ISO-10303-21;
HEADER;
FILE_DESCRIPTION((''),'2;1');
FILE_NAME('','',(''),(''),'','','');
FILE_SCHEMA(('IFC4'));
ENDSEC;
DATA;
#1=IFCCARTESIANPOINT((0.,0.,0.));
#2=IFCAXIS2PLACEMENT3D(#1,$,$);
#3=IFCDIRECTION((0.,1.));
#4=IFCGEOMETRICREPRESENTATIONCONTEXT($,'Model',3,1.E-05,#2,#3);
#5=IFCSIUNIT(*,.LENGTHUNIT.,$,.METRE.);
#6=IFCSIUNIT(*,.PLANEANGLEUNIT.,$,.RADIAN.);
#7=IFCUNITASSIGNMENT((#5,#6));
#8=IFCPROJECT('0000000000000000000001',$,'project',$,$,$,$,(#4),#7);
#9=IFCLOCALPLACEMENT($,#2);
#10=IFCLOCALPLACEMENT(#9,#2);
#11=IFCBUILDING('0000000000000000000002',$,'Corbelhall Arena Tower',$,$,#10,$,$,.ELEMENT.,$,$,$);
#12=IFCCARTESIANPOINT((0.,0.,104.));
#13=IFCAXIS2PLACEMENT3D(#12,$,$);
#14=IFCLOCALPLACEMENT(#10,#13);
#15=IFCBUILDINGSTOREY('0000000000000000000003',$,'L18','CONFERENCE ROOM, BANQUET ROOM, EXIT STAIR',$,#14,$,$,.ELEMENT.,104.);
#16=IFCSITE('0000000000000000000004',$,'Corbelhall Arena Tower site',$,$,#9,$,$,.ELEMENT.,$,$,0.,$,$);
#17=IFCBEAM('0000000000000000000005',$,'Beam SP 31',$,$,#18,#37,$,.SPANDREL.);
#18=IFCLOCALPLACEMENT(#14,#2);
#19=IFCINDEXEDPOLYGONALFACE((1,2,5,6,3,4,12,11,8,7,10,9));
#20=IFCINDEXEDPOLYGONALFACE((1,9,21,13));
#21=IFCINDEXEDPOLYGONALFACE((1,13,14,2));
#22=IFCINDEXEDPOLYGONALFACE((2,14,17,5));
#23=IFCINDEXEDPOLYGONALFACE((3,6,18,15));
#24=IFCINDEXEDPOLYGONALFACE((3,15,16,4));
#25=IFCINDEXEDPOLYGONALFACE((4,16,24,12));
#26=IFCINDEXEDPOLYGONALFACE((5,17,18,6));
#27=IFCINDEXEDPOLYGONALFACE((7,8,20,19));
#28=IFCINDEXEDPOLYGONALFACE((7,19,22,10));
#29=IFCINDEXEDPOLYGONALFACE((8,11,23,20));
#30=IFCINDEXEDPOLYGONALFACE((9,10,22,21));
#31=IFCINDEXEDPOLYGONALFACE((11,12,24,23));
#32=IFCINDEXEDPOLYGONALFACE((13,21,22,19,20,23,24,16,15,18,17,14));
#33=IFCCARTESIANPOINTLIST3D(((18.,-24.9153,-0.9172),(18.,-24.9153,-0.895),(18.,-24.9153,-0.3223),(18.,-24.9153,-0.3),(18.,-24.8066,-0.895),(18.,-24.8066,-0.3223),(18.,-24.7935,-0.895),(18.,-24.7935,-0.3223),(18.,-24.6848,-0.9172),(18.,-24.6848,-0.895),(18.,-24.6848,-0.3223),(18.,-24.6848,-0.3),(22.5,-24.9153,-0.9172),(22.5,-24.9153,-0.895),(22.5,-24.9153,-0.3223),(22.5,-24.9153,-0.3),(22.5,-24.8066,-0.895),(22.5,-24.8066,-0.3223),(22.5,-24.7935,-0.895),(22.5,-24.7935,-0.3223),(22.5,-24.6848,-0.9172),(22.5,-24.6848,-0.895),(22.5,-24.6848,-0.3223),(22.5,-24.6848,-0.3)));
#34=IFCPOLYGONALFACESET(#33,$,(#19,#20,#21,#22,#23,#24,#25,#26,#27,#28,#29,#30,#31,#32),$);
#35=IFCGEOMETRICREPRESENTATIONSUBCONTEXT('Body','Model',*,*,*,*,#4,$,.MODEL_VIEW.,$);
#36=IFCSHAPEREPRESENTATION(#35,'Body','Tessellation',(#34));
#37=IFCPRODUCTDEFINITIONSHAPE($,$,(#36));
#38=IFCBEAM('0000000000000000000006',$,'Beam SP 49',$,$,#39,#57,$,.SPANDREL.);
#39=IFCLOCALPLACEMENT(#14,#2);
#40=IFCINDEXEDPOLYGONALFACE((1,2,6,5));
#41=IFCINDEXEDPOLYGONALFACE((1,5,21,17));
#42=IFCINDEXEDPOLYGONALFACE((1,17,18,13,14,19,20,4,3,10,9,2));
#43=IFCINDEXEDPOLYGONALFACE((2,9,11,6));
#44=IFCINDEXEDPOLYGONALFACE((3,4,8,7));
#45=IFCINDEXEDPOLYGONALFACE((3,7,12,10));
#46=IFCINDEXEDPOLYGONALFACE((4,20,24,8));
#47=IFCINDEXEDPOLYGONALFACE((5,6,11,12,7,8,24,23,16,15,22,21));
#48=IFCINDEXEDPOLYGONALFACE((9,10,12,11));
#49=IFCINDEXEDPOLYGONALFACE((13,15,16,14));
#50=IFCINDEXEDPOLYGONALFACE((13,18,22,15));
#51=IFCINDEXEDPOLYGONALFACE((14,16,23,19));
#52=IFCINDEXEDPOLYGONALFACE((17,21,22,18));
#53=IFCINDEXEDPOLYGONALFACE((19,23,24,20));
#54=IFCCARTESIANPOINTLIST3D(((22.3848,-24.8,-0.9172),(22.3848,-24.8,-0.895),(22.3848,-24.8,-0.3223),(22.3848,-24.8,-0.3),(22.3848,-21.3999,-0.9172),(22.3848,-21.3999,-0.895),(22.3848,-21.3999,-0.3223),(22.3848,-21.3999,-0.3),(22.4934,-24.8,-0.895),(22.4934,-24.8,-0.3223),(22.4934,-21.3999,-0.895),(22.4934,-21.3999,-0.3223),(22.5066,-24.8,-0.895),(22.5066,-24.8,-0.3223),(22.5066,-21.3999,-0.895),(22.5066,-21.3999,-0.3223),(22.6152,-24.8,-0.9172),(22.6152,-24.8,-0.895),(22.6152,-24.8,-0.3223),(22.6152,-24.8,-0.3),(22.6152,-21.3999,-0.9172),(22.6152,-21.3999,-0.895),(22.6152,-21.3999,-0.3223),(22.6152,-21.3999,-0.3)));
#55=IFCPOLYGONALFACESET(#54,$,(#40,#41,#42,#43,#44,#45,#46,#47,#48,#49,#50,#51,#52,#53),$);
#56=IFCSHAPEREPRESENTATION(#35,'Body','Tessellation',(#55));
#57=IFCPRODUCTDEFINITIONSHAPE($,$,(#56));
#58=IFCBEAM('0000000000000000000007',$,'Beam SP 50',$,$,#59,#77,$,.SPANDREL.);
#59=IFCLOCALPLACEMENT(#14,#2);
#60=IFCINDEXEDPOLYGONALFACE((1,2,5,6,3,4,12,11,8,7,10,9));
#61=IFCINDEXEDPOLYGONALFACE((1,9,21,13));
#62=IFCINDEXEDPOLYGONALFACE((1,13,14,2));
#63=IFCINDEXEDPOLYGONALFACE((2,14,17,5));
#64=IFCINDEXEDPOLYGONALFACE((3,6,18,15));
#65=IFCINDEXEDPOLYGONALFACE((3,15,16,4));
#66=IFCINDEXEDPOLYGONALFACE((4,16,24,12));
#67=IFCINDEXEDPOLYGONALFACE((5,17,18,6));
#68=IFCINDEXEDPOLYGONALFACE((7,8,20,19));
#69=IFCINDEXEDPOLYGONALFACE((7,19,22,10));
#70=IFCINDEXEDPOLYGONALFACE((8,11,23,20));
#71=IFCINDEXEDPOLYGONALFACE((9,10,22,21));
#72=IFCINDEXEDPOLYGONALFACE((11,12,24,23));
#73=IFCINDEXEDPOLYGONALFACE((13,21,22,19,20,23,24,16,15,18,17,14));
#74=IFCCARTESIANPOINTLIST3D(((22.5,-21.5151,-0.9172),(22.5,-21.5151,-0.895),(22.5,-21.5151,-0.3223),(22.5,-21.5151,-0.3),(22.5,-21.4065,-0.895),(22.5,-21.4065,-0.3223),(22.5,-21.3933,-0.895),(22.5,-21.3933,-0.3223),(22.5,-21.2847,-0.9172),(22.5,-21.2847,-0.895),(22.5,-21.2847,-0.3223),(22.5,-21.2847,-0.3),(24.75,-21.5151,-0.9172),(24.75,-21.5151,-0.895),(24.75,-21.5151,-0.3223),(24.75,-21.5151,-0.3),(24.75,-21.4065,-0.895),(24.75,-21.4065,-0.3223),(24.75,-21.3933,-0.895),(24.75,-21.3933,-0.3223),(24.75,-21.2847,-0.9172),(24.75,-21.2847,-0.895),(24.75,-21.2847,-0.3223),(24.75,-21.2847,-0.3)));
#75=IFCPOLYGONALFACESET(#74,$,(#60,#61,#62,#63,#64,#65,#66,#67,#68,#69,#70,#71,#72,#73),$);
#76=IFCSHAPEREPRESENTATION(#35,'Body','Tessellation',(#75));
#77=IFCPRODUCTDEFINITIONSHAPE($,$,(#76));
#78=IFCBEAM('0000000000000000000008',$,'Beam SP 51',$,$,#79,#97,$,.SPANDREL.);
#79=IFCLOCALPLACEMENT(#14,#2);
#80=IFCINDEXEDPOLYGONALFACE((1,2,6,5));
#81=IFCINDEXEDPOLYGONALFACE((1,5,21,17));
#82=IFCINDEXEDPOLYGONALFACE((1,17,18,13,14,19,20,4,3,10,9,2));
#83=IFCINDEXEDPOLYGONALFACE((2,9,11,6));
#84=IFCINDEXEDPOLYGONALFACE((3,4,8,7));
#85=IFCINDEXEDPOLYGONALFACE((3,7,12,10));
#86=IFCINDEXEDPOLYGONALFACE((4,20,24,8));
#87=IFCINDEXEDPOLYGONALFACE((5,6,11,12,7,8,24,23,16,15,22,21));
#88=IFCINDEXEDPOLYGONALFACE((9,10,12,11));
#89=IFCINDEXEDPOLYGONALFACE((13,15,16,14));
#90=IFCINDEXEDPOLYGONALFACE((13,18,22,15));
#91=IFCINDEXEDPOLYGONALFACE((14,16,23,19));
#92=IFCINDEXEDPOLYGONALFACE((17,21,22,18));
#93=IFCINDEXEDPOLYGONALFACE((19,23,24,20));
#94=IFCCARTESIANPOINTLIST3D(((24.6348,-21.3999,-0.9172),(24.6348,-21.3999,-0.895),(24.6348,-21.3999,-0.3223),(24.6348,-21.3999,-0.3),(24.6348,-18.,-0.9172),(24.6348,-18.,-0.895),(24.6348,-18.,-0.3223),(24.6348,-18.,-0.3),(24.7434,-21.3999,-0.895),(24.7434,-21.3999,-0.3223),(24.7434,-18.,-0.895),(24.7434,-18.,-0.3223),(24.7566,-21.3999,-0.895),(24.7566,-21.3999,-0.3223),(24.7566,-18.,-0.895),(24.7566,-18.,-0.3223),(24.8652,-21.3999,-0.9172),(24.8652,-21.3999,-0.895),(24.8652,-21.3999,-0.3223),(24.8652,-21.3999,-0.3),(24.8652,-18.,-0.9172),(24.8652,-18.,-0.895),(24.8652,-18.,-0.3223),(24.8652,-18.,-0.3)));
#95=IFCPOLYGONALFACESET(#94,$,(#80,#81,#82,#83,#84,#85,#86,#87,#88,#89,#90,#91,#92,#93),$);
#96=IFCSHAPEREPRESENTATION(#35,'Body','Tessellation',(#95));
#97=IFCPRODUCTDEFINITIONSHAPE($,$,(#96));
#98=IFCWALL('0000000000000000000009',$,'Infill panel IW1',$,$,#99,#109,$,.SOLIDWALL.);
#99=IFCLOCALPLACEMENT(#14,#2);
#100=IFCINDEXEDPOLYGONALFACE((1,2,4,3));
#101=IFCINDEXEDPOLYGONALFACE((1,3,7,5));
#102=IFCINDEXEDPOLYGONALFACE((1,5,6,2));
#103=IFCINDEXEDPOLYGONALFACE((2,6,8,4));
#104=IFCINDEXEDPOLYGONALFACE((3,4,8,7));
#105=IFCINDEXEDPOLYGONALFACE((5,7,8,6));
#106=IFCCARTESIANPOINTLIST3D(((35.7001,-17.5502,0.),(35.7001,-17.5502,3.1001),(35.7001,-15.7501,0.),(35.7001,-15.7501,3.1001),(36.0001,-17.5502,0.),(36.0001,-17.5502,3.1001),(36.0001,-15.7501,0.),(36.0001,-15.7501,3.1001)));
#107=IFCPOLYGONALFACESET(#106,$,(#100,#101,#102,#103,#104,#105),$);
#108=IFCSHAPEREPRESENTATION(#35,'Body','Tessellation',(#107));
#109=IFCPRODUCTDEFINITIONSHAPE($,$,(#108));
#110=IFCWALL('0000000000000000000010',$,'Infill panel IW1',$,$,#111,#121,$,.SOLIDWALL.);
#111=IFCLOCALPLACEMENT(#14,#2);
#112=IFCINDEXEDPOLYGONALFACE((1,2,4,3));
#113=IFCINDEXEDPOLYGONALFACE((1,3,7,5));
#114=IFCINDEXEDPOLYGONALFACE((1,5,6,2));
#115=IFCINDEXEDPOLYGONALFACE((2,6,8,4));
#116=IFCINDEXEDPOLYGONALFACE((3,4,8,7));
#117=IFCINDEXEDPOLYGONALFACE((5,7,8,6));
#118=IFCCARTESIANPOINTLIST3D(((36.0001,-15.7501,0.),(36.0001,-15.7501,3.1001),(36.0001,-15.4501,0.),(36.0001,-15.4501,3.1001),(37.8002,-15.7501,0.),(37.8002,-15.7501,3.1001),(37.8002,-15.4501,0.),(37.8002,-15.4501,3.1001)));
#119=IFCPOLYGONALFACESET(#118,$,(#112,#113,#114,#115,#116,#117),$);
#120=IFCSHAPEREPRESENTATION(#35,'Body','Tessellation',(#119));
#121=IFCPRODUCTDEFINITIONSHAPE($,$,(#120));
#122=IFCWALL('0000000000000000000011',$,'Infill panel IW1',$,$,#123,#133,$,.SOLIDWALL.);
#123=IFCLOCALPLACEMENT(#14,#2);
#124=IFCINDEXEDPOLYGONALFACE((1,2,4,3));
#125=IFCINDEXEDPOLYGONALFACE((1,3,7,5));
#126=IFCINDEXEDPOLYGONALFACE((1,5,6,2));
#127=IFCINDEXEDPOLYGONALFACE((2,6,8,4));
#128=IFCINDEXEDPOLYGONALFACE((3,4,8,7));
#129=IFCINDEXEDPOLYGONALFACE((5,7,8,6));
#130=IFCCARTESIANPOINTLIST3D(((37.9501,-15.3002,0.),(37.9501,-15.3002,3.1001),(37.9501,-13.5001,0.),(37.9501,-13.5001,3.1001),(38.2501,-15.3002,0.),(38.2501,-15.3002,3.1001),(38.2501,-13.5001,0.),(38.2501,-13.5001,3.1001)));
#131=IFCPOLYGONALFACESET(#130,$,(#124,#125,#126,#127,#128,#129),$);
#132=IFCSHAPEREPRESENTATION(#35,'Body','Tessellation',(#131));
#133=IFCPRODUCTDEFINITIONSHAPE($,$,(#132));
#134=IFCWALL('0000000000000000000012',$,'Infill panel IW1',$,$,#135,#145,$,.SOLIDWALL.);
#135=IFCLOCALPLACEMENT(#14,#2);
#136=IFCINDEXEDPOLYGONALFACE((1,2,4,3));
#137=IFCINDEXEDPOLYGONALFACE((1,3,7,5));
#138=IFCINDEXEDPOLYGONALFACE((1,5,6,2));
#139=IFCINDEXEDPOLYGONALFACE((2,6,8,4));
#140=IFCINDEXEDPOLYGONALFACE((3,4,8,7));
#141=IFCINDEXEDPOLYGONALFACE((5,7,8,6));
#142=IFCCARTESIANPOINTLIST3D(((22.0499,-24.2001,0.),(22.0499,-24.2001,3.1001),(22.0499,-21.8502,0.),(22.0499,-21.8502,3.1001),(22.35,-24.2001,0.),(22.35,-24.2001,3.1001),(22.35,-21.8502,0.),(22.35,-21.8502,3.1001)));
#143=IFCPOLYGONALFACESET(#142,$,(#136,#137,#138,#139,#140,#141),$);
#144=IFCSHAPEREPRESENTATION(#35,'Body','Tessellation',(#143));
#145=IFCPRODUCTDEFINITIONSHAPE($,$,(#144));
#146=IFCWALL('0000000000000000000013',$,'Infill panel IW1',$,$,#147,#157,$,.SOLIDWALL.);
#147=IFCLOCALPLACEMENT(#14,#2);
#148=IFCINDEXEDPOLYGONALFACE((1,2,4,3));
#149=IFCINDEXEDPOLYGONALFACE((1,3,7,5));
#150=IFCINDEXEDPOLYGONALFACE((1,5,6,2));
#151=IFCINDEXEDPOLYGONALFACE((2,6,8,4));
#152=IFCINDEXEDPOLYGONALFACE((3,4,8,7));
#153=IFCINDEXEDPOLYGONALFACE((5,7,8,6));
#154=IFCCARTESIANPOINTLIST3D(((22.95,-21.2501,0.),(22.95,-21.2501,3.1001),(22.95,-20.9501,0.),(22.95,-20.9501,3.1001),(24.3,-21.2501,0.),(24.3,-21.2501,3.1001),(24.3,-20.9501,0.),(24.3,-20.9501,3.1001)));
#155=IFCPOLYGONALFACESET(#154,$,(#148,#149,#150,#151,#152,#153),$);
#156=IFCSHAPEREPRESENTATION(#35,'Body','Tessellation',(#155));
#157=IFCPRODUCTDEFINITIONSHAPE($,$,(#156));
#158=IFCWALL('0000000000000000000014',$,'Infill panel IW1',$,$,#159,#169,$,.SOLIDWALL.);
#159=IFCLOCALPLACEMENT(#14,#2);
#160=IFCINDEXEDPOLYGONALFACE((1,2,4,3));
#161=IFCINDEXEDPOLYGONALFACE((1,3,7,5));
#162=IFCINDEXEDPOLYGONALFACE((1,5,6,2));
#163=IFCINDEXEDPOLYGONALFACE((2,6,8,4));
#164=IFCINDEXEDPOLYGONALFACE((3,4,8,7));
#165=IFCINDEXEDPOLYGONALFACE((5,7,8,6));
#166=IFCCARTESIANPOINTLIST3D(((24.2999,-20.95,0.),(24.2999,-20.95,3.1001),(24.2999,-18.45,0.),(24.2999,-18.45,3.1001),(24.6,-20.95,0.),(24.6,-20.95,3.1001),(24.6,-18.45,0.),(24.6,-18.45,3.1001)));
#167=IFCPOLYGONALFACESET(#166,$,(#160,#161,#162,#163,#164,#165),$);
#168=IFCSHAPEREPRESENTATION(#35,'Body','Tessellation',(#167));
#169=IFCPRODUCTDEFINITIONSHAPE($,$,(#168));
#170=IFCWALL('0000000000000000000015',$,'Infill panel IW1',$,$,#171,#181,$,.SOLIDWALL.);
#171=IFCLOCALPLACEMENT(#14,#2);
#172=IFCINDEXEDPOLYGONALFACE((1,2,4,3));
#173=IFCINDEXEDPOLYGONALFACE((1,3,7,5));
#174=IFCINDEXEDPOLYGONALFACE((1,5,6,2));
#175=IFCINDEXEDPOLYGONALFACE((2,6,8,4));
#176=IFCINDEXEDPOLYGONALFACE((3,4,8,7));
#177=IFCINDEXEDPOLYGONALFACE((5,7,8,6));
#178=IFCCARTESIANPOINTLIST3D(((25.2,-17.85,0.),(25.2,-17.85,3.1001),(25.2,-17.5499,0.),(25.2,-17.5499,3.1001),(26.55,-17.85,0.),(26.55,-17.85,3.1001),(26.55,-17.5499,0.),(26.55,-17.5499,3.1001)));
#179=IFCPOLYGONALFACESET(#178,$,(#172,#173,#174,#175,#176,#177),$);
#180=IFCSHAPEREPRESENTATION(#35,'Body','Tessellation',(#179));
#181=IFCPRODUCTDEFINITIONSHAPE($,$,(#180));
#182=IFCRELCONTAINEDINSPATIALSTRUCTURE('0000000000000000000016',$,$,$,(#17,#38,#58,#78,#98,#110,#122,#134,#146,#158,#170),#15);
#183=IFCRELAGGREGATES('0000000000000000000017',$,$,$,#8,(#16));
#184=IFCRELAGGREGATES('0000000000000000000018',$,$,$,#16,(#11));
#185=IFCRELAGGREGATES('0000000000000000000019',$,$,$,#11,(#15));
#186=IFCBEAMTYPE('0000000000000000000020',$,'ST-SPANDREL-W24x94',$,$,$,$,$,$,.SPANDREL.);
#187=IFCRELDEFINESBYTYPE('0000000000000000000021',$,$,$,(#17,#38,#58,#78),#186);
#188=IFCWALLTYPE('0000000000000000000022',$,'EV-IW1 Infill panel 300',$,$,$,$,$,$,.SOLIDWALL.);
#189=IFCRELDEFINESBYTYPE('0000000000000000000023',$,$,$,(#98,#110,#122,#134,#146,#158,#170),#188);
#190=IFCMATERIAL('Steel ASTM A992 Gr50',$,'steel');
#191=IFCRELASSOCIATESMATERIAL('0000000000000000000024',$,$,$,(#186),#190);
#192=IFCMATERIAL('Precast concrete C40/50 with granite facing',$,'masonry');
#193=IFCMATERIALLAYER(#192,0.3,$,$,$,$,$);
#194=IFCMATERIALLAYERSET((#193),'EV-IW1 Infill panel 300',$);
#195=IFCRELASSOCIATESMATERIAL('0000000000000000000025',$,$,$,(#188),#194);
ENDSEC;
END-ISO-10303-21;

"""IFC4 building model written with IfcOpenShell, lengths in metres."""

from ifc_helpers import new_model, si_unit, direction, frame, frame_2d, origin, origin_2d, place, context, subcontext, project, spatial, rectangle, i_section, extrude, material, layer, layer_set, material_profile, profile_set, type_object, element, save


model = new_model("IFC4")

# Units and contexts
model_context = context("Model", 3, precision=1e-05, world=origin(), true_north=direction((0.0, 1.0)))
body_context = subcontext(model_context, "Body", "Model", "MODEL_VIEW")
ifc_project = project(units=[si_unit("LENGTHUNIT", "METRE"), si_unit("PLANEANGLEUNIT", "RADIAN")], contexts=[model_context])

# Site, building, storey
site_placement = place(None, origin())
site = spatial("IfcSite", under=ifc_project, at=site_placement, Name="Corbelhall Arena Tower site", CompositionType="ELEMENT", RefElevation=0.0)
building_placement = place(site_placement, origin())
building = spatial("IfcBuilding", under=site, at=building_placement, Name="Corbelhall Arena Tower", CompositionType="ELEMENT")
storey_placement = place(building_placement, frame((0.0, 0.0, 104.0)))
storey = spatial("IfcBuildingStorey", under=building, at=storey_placement, Name="L18", Description="CONFERENCE ROOM, BANQUET ROOM, EXIT STAIR", CompositionType="ELEMENT", Elevation=104.0)

# Beams
ifc_material_1 = material(Name="Steel ASTM A992 Gr50", Category="steel")
ifc_material_profile_1 = material_profile(ifc_material_1, i_section(OverallWidth=0.2305, OverallDepth=0.6172, WebThickness=0.0132, FlangeThickness=0.0222, at=origin_2d()))
ifc_profile_set_1 = profile_set([ifc_material_profile_1], Name="Steel ASTM A992 Gr50")
beam_type = type_object("IfcBeamType", Name="ST-SPANDREL-W24x94", PredefinedType="SPANDREL", material=ifc_profile_set_1)
beam_1_placement = place(storey_placement, frame((22.5, -24.8, -0.6086), z_axis=(-1.0, 0.0, 0.0), x_axis=(0.0, -1.0, 0.0)))
element("IfcBeam", 1, at=beam_1_placement, inside=storey, type_object=beam_type, Name="Beam SP 31", PredefinedType="SPANDREL", context=body_context, shape_type="SweptSolid", body=[
    extrude(i_section(OverallWidth=0.2305, OverallDepth=0.6172, WebThickness=0.0132, FlangeThickness=0.0222, at=origin_2d()), origin(), (0.0, 0.0, 1.0), 4.5),
])
beam_2_placement = place(storey_placement, frame((22.5, -21.3999, -0.6086), z_axis=(0.0, -1.0, 0.0), x_axis=(1.0, 0.0, 0.0)))
element("IfcBeam", 2, at=beam_2_placement, inside=storey, type_object=beam_type, Name="Beam SP 49", PredefinedType="SPANDREL", context=body_context, shape_type="SweptSolid", body=[
    extrude(i_section(OverallWidth=0.2305, OverallDepth=0.6172, WebThickness=0.0132, FlangeThickness=0.0222, at=origin_2d()), origin(), (0.0, 0.0, 1.0), 3.4001),
])
beam_3_placement = place(storey_placement, frame((24.75, -21.3999, -0.6086), z_axis=(-1.0, 0.0, 0.0), x_axis=(0.0, -1.0, 0.0)))
element("IfcBeam", 3, at=beam_3_placement, inside=storey, type_object=beam_type, Name="Beam SP 50", PredefinedType="SPANDREL", context=body_context, shape_type="SweptSolid", body=[
    extrude(i_section(OverallWidth=0.2305, OverallDepth=0.6172, WebThickness=0.0132, FlangeThickness=0.0222, at=origin_2d()), origin(), (0.0, 0.0, 1.0), 2.25),
])
beam_4_placement = place(storey_placement, frame((24.75, -18.0, -0.6086), z_axis=(0.0, -1.0, 0.0), x_axis=(1.0, 0.0, 0.0)))
element("IfcBeam", 4, at=beam_4_placement, inside=storey, type_object=beam_type, Name="Beam SP 51", PredefinedType="SPANDREL", context=body_context, shape_type="SweptSolid", body=[
    extrude(i_section(OverallWidth=0.2305, OverallDepth=0.6172, WebThickness=0.0132, FlangeThickness=0.0222, at=origin_2d()), origin(), (0.0, 0.0, 1.0), 3.3999),
])

# Walls
ifc_material_2 = material(Name="Precast concrete C40/50 with granite facing", Category="masonry")
ifc_layer = layer(ifc_material_2, 0.3)
ifc_layer_set = layer_set([ifc_layer], Name="EV-IW1 Infill panel 300")
wall_type = type_object("IfcWallType", Name="EV-IW1 Infill panel 300", PredefinedType="SOLIDWALL", material=ifc_layer_set)
for number, where, z_axis, x_axis, name in (
    (5, (35.8501, -17.55, 0.0), (0.0, 0.0, 1.0), (0.0, 1.0, 0.0), "Infill panel IW1"),
    (6, (37.8, -15.6001, 0.0), (0.0, 0.0, 1.0), (-1.0, 0.0, 0.0), "Infill panel IW1"),
    (7, (38.1001, -15.3, 0.0), (0.0, 0.0, 1.0), (0.0, 1.0, 0.0), "Infill panel IW1"),
):
    element("IfcWall", number, at=place(storey_placement, frame(where, z_axis=z_axis, x_axis=x_axis)), inside=storey, type_object=wall_type, Name=name, PredefinedType="SOLIDWALL", context=body_context, shape_type="SweptSolid", body=[
        extrude(rectangle(XDim=1.8, YDim=0.3, at=frame_2d((0.8999, 0.0))), origin(), (0.0, 0.0, 1.0), 3.1001),
    ])
wall_1_placement = place(storey_placement, frame((22.2, -24.2, 0.0), z_axis=(0.0, 0.0, 1.0), x_axis=(0.0, 1.0, 0.0)))
element("IfcWall", 8, at=wall_1_placement, inside=storey, type_object=wall_type, Name="Infill panel IW1", PredefinedType="SOLIDWALL", context=body_context, shape_type="SweptSolid", body=[
    extrude(rectangle(XDim=2.3499, YDim=0.3, at=frame_2d((1.1748, 0.0))), origin(), (0.0, 0.0, 1.0), 3.1001),
])
wall_2_placement = place(storey_placement, frame((22.95, -21.1001, 0.0), z_axis=(0.0, 0.0, 1.0), x_axis=(1.0, 0.0, 0.0)))
element("IfcWall", 9, at=wall_2_placement, inside=storey, type_object=wall_type, Name="Infill panel IW1", PredefinedType="SOLIDWALL", context=body_context, shape_type="SweptSolid", body=[
    extrude(rectangle(XDim=1.3501, YDim=0.3, at=frame_2d((0.675, 0.0))), origin(), (0.0, 0.0, 1.0), 3.1001),
])
wall_3_placement = place(storey_placement, frame((24.45, -20.95, 0.0), z_axis=(0.0, 0.0, 1.0), x_axis=(0.0, 1.0, 0.0)))
element("IfcWall", 10, at=wall_3_placement, inside=storey, type_object=wall_type, Name="Infill panel IW1", PredefinedType="SOLIDWALL", context=body_context, shape_type="SweptSolid", body=[
    extrude(rectangle(XDim=2.5, YDim=0.3, at=frame_2d((1.25, 0.0))), origin(), (0.0, 0.0, 1.0), 3.1001),
])
wall_4_placement = place(storey_placement, frame((25.2, -17.7, 0.0), z_axis=(0.0, 0.0, 1.0), x_axis=(1.0, 0.0, 0.0)))
element("IfcWall", 11, at=wall_4_placement, inside=storey, type_object=wall_type, Name="Infill panel IW1", PredefinedType="SOLIDWALL", context=body_context, shape_type="SweptSolid", body=[
    extrude(rectangle(XDim=1.3501, YDim=0.3, at=frame_2d((0.675, 0.0))), origin(), (0.0, 0.0, 1.0), 3.1001),
])

save(model, "model.ifc")
